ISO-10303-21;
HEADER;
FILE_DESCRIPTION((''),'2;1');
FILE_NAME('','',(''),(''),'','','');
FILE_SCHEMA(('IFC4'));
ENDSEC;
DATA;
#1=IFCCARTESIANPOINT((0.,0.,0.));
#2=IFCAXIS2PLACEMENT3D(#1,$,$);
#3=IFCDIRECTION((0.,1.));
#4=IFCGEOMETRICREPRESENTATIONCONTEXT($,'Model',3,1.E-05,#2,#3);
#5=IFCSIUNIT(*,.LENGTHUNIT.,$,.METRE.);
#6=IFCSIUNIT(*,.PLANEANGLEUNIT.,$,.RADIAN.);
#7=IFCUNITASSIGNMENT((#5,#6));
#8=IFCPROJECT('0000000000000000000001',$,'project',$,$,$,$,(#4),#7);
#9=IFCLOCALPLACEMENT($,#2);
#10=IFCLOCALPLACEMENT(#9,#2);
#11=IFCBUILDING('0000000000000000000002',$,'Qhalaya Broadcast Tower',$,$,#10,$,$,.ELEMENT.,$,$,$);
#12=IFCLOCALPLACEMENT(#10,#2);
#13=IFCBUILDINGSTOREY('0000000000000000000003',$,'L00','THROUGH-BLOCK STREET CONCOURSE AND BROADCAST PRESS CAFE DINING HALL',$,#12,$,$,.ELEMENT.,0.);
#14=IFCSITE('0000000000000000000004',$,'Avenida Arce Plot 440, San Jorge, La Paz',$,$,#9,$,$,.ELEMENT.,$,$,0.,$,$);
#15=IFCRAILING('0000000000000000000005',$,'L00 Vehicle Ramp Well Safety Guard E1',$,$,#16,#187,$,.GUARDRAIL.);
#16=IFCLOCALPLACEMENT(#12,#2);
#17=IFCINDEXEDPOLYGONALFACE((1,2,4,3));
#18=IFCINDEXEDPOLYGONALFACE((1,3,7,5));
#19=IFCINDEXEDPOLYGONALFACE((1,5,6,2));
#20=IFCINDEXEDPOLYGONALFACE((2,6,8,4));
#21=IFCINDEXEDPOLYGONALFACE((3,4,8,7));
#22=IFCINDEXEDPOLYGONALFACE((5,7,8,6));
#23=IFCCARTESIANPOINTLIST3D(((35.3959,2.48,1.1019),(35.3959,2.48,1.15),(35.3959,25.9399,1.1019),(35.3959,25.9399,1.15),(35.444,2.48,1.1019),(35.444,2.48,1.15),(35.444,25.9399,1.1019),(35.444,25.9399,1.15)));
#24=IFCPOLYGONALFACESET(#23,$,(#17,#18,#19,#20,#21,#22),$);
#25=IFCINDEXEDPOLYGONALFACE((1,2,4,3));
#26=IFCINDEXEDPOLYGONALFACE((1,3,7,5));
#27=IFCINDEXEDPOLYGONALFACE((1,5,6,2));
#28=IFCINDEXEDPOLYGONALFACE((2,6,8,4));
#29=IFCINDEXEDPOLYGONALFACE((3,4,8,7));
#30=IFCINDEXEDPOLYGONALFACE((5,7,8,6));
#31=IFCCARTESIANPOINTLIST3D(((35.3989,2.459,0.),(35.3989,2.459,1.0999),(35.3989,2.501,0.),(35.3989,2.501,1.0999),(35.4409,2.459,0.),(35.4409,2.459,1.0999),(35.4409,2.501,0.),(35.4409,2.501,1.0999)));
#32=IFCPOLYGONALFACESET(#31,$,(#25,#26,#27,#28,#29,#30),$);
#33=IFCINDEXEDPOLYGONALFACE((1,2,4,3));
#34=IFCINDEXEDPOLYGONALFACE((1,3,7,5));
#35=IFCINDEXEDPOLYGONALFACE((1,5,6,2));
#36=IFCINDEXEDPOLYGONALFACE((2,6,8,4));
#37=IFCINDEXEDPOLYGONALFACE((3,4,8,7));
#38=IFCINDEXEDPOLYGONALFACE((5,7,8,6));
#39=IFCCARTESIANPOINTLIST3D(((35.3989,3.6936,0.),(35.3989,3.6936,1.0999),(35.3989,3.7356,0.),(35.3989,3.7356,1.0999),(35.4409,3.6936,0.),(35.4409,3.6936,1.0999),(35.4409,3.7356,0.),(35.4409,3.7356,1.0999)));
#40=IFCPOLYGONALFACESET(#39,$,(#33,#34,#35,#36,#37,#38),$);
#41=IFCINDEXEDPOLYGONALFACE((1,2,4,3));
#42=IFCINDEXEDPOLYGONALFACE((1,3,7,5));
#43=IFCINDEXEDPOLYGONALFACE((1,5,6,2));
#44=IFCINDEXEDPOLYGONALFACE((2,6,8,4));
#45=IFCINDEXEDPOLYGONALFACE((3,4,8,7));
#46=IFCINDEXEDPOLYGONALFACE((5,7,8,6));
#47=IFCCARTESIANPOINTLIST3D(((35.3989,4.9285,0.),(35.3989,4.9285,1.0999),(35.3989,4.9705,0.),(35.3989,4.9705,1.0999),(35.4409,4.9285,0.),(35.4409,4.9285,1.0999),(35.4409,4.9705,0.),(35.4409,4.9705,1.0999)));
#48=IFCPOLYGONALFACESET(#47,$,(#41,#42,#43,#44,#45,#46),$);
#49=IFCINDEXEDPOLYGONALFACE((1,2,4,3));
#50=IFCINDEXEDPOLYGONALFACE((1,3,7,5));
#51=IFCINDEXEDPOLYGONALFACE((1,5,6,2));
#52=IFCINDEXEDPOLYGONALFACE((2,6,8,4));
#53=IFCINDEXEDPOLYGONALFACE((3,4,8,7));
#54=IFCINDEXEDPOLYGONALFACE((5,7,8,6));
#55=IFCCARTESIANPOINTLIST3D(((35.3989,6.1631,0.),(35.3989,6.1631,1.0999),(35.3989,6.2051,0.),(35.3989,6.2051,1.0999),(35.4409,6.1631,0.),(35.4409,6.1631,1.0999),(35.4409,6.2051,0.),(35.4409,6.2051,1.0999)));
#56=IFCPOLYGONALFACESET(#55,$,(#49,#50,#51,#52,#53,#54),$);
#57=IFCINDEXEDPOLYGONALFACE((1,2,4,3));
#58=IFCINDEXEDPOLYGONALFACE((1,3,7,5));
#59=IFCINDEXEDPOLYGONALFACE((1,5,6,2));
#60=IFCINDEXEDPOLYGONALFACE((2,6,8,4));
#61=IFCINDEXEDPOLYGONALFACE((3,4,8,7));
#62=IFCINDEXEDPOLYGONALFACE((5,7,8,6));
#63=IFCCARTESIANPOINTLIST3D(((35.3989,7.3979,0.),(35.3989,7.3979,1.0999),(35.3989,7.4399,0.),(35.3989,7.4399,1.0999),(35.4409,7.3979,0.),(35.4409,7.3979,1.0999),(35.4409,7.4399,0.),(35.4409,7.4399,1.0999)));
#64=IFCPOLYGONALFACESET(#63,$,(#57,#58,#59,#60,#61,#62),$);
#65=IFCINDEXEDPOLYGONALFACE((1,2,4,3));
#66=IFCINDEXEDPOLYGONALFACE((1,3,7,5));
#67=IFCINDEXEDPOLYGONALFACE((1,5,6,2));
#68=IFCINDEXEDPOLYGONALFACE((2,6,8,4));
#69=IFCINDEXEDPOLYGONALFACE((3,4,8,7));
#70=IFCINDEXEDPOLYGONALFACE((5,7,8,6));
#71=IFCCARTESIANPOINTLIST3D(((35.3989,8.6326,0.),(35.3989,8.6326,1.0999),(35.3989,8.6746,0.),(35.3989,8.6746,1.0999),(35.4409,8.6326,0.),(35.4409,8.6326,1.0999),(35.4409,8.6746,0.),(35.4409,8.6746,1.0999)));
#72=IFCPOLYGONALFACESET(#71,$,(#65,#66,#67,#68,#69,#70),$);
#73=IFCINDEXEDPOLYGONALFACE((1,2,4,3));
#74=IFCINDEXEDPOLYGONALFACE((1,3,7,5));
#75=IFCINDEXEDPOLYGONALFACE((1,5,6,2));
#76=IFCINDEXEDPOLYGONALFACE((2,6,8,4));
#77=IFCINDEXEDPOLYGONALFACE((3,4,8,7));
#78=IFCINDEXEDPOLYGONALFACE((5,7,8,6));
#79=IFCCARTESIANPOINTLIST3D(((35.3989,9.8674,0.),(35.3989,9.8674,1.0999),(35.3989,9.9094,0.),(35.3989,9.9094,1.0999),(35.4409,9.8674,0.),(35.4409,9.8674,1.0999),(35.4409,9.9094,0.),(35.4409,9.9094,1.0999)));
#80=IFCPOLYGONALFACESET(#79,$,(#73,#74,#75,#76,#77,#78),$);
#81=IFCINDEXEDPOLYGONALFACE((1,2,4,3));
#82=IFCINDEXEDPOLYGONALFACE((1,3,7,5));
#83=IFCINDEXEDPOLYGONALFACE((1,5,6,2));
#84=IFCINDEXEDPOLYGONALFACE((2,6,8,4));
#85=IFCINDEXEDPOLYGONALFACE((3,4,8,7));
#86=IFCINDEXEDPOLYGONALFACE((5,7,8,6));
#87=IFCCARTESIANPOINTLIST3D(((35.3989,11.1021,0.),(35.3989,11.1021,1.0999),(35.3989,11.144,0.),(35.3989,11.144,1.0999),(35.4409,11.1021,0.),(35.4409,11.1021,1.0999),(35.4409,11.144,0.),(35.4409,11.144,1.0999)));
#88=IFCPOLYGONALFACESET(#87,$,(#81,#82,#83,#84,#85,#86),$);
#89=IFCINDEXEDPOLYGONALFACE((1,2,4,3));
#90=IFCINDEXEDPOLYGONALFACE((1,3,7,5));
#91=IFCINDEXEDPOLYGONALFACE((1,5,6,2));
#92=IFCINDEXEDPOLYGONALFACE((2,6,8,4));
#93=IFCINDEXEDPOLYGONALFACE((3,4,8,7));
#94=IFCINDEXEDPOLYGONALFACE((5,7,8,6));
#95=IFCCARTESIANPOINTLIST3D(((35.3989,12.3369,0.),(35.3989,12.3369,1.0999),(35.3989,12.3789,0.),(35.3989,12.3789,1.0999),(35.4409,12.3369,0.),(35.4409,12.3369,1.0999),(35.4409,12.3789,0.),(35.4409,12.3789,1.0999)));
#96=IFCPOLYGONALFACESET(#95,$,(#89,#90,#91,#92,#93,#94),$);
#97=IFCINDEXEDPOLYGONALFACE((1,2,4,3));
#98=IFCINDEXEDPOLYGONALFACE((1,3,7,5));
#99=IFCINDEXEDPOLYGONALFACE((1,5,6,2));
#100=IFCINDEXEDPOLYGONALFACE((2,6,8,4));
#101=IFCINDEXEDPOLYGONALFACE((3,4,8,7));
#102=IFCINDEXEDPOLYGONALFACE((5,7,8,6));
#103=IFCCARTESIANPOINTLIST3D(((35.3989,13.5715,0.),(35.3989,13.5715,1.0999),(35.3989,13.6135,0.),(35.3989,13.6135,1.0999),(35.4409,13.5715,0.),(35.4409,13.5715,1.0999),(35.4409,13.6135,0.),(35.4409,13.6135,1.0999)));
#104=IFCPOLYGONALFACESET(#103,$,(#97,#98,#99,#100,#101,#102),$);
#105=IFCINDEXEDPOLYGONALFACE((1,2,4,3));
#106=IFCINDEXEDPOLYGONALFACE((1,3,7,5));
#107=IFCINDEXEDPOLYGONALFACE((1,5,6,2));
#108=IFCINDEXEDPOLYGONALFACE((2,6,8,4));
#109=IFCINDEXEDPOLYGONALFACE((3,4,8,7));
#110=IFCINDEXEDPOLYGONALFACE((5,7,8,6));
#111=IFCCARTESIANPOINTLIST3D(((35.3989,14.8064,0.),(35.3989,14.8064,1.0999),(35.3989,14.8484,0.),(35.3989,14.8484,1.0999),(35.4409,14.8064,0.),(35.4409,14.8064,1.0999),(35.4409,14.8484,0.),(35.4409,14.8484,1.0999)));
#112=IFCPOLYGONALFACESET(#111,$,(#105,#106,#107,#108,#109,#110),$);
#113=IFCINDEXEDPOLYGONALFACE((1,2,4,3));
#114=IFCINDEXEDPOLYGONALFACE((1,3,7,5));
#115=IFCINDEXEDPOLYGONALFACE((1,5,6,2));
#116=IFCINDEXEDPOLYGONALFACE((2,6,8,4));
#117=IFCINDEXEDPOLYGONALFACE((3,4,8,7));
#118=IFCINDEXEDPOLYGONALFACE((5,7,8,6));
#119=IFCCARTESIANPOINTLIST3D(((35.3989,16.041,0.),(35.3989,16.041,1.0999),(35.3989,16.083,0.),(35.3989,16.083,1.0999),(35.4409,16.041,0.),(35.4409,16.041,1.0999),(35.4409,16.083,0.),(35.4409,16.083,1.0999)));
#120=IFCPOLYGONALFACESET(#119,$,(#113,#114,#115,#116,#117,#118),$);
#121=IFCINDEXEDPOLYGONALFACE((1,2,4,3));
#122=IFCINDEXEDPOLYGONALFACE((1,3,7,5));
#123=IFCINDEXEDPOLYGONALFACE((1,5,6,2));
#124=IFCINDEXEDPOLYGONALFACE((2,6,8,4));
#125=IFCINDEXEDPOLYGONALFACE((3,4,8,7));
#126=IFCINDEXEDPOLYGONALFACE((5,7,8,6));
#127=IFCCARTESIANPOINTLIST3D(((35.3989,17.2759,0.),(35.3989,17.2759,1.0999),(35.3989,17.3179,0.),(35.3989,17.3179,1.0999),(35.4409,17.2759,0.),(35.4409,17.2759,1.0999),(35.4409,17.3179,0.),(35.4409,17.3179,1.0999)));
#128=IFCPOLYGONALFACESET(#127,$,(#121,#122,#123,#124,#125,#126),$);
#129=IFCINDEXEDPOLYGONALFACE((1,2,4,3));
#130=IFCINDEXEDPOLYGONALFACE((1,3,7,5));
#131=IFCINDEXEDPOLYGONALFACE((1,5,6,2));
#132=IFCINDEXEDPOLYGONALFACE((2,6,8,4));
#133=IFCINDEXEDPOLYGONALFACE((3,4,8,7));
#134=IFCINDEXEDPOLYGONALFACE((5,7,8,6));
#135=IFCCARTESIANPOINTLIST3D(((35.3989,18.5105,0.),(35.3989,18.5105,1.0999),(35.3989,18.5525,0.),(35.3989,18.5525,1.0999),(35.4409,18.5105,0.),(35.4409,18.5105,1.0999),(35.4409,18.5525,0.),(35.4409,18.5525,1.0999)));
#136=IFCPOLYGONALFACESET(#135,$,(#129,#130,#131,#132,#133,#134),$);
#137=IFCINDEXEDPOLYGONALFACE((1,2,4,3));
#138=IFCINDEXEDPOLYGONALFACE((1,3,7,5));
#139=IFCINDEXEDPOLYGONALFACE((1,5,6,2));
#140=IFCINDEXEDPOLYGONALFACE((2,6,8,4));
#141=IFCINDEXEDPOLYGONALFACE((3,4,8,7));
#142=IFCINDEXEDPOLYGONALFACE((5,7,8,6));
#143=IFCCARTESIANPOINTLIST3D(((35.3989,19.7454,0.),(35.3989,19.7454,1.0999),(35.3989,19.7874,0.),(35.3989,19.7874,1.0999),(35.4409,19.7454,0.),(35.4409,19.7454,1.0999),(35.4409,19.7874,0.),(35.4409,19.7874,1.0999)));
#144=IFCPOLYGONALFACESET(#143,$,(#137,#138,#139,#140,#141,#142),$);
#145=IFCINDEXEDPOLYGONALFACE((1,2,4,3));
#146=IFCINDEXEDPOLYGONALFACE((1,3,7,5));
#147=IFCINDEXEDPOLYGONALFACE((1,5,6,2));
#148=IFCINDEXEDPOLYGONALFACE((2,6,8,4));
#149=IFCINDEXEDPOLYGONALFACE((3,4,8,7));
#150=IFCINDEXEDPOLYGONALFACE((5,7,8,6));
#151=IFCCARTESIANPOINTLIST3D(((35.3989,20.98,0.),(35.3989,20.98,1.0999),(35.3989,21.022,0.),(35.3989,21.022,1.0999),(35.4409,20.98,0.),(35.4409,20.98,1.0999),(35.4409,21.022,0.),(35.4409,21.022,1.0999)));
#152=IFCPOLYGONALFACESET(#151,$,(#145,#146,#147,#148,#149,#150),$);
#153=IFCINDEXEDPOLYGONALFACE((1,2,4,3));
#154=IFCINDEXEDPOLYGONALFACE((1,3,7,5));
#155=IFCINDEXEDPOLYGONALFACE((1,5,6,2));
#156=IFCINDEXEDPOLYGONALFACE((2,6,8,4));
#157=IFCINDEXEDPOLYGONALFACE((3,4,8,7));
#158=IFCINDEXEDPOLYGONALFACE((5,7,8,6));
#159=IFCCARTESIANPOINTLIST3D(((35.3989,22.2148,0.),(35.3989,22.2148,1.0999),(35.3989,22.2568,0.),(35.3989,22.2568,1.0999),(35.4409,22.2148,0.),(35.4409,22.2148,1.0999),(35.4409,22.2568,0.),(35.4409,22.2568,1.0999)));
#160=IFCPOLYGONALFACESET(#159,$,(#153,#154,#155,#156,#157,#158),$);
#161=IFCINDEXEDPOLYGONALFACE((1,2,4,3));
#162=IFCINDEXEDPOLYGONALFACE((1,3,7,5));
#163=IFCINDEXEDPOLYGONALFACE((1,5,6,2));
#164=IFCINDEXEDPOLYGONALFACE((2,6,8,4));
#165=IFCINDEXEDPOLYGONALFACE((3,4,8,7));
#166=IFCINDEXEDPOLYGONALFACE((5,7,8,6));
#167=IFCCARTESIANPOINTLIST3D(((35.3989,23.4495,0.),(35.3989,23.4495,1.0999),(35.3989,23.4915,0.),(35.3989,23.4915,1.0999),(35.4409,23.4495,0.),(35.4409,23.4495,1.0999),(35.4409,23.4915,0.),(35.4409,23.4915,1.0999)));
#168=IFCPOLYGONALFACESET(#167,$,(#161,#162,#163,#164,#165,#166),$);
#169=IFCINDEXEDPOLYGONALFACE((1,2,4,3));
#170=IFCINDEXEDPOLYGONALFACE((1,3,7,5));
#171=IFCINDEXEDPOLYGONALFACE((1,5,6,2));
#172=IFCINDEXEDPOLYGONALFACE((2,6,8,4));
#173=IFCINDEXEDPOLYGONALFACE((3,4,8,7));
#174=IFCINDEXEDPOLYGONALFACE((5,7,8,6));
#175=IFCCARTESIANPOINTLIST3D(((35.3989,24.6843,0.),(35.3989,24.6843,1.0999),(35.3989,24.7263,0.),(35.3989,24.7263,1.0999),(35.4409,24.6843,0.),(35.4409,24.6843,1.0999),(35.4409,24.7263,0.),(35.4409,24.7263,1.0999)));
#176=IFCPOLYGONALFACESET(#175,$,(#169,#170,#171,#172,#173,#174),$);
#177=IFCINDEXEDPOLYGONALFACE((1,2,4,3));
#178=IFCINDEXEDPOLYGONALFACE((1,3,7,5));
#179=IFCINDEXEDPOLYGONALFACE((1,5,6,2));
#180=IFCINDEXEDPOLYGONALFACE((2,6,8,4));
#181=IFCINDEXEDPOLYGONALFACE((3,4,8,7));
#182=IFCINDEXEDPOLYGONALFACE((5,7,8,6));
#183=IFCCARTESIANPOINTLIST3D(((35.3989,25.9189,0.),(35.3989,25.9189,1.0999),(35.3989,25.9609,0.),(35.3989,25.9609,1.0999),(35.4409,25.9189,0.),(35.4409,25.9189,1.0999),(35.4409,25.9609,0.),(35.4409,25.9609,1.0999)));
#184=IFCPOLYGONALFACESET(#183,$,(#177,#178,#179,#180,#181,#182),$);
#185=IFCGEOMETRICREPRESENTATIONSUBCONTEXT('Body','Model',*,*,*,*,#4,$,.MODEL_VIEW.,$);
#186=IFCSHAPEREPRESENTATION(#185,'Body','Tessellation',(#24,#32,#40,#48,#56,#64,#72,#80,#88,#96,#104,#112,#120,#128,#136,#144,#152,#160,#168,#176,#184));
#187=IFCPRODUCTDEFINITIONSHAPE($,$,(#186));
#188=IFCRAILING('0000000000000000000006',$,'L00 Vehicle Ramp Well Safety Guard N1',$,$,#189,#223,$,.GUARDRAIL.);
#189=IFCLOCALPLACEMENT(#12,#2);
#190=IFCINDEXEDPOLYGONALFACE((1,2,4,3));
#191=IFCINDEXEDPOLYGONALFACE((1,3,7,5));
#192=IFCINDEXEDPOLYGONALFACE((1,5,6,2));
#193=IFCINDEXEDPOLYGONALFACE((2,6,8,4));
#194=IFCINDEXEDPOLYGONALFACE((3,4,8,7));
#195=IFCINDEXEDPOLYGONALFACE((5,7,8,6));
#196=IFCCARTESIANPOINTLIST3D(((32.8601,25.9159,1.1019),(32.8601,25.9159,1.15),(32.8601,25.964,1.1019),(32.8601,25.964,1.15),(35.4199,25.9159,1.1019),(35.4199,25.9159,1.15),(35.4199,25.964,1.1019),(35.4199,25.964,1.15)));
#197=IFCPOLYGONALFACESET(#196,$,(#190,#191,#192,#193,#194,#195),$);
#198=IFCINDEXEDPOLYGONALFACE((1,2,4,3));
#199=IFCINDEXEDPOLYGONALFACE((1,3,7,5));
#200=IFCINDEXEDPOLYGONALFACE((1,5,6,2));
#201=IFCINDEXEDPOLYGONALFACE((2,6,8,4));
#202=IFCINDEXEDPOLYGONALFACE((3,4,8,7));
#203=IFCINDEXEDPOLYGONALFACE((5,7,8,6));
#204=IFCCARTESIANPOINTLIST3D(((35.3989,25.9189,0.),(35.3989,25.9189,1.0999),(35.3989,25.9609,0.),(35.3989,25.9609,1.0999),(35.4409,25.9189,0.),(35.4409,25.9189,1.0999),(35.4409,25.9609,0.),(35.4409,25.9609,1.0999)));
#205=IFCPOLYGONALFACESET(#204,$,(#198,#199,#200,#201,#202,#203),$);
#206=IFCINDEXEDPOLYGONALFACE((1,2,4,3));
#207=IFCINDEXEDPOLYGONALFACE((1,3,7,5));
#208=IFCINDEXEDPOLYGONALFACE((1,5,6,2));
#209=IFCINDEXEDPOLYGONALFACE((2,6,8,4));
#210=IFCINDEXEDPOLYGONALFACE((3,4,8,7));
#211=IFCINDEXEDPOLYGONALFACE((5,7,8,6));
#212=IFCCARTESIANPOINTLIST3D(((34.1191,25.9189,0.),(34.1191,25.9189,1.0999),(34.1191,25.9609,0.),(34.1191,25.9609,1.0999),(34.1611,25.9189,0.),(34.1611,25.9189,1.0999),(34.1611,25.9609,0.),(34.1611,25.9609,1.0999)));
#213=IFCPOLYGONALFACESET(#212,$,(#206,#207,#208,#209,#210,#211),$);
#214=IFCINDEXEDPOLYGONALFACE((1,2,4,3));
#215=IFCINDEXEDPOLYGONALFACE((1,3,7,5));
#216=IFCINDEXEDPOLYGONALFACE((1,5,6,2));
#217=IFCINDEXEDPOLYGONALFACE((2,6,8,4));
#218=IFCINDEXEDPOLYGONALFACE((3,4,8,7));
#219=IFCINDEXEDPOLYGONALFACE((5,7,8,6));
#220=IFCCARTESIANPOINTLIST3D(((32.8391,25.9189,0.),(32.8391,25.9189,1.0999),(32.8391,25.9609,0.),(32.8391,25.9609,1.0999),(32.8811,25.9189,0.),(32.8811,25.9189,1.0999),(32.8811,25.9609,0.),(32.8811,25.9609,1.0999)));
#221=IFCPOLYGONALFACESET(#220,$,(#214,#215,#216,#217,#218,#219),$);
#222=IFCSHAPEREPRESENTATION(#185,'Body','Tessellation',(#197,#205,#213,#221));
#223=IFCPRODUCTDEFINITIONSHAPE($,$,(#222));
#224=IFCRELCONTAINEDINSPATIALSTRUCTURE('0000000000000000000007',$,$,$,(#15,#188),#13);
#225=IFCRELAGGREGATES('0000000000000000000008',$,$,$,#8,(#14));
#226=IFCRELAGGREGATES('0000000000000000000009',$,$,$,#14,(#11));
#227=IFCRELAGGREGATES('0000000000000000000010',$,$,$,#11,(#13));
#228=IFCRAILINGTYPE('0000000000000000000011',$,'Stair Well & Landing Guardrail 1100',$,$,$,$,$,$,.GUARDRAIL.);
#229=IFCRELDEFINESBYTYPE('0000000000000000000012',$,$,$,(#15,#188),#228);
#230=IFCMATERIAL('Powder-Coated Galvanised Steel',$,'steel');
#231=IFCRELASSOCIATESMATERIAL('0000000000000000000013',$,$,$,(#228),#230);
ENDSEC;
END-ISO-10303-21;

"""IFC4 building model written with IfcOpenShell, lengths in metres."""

from ifc_helpers import new_model, si_unit, direction, frame, origin, origin_2d, place, context, subcontext, project, spatial, rectangle, extrude, material, type_object, element, save


model = new_model("IFC4")

# Units and contexts
model_context = context("Model", 3, precision=1e-05, world=origin(), true_north=direction((0.0, 1.0)))
body_context = subcontext(model_context, "Body", "Model", "MODEL_VIEW")
ifc_project = project(units=[si_unit("LENGTHUNIT", "METRE"), si_unit("PLANEANGLEUNIT", "RADIAN")], contexts=[model_context])

# Site, building, storey
site_placement = place(None, origin())
site = spatial("IfcSite", under=ifc_project, at=site_placement, Name="Avenida Arce Plot 440, San Jorge, La Paz", CompositionType="ELEMENT", RefElevation=0.0)
building_placement = place(site_placement, origin())
building = spatial("IfcBuilding", under=site, at=building_placement, Name="Qhalaya Broadcast Tower", CompositionType="ELEMENT")
storey_placement = place(building_placement, origin())
storey = spatial("IfcBuildingStorey", under=building, at=storey_placement, Name="L00", Description="THROUGH-BLOCK STREET CONCOURSE AND BROADCAST PRESS CAFE DINING HALL", CompositionType="ELEMENT", Elevation=0.0)

# Railings
ifc_material_1 = material(Name="Powder-Coated Galvanised Steel", Category="steel")
railing_type = type_object("IfcRailingType", Name="Stair Well & Landing Guardrail 1100", PredefinedType="GUARDRAIL", material=ifc_material_1)
railing_1_placement = place(storey_placement, frame((35.4199, 2.48, 0.0)))
element("IfcRailing", 1, at=railing_1_placement, inside=storey, type_object=railing_type, Name="L00 Vehicle Ramp Well Safety Guard E1", PredefinedType="GUARDRAIL", context=body_context, shape_type="SweptSolid", body=[
    extrude(rectangle(XDim=0.0481, YDim=0.0481, at=origin_2d()), frame((0.0, 0.0, 1.126), z_axis=(0.0, 1.0, 0.0), x_axis=(-1.0, 0.0, 0.0)), (0.0, 0.0, 1.0), 23.46),
    extrude(rectangle(XDim=0.042, YDim=0.042, at=origin_2d()), origin(), (0.0, 0.0, 1.0), 1.0999),
    extrude(rectangle(XDim=0.042, YDim=0.042, at=origin_2d()), frame((0.0, 1.2346, 0.0)), (0.0, 0.0, 1.0), 1.0999),
    extrude(rectangle(XDim=0.042, YDim=0.042, at=origin_2d()), frame((0.0, 2.4695, 0.0)), (0.0, 0.0, 1.0), 1.0999),
    extrude(rectangle(XDim=0.042, YDim=0.042, at=origin_2d()), frame((0.0, 3.7041, 0.0)), (0.0, 0.0, 1.0), 1.0999),
    extrude(rectangle(XDim=0.042, YDim=0.042, at=origin_2d()), frame((0.0, 4.939, 0.0)), (0.0, 0.0, 1.0), 1.0999),
    extrude(rectangle(XDim=0.042, YDim=0.042, at=origin_2d()), frame((0.0, 6.1736, 0.0)), (0.0, 0.0, 1.0), 1.0999),
    extrude(rectangle(XDim=0.042, YDim=0.042, at=origin_2d()), frame((0.0, 7.4084, 0.0)), (0.0, 0.0, 1.0), 1.0999),
    extrude(rectangle(XDim=0.042, YDim=0.042, at=origin_2d()), frame((0.0, 8.6431, 0.0)), (0.0, 0.0, 1.0), 1.0999),
    extrude(rectangle(XDim=0.042, YDim=0.042, at=origin_2d()), frame((0.0, 9.8779, 0.0)), (0.0, 0.0, 1.0), 1.0999),
    extrude(rectangle(XDim=0.042, YDim=0.042, at=origin_2d()), frame((0.0, 11.1125, 0.0)), (0.0, 0.0, 1.0), 1.0999),
    extrude(rectangle(XDim=0.042, YDim=0.042, at=origin_2d()), frame((0.0, 12.3474, 0.0)), (0.0, 0.0, 1.0), 1.0999),
    extrude(rectangle(XDim=0.042, YDim=0.042, at=origin_2d()), frame((0.0, 13.582, 0.0)), (0.0, 0.0, 1.0), 1.0999),
    extrude(rectangle(XDim=0.042, YDim=0.042, at=origin_2d()), frame((0.0, 14.8169, 0.0)), (0.0, 0.0, 1.0), 1.0999),
    extrude(rectangle(XDim=0.042, YDim=0.042, at=origin_2d()), frame((0.0, 16.0515, 0.0)), (0.0, 0.0, 1.0), 1.0999),
    extrude(rectangle(XDim=0.042, YDim=0.042, at=origin_2d()), frame((0.0, 17.2864, 0.0)), (0.0, 0.0, 1.0), 1.0999),
    extrude(rectangle(XDim=0.042, YDim=0.042, at=origin_2d()), frame((0.0, 18.521, 0.0)), (0.0, 0.0, 1.0), 1.0999),
    extrude(rectangle(XDim=0.042, YDim=0.042, at=origin_2d()), frame((0.0, 19.7559, 0.0)), (0.0, 0.0, 1.0), 1.0999),
    extrude(rectangle(XDim=0.042, YDim=0.042, at=origin_2d()), frame((0.0, 20.9905, 0.0)), (0.0, 0.0, 1.0), 1.0999),
    extrude(rectangle(XDim=0.042, YDim=0.042, at=origin_2d()), frame((0.0, 22.2253, 0.0)), (0.0, 0.0, 1.0), 1.0999),
    extrude(rectangle(XDim=0.042, YDim=0.042, at=origin_2d()), frame((0.0, 23.46, 0.0)), (0.0, 0.0, 1.0), 1.0999),
])
railing_2_placement = place(storey_placement, frame((35.4199, 25.9399, 0.0)))
element("IfcRailing", 2, at=railing_2_placement, inside=storey, type_object=railing_type, Name="L00 Vehicle Ramp Well Safety Guard N1", PredefinedType="GUARDRAIL", context=body_context, shape_type="SweptSolid", body=[
    extrude(rectangle(XDim=0.0481, YDim=0.0481, at=origin_2d()), frame((0.0, 0.0, 1.126), z_axis=(-1.0, 0.0, 0.0), x_axis=(0.0, -1.0, 0.0)), (0.0, 0.0, 1.0), 2.5598),
    extrude(rectangle(XDim=0.042, YDim=0.042, at=origin_2d()), origin(), (0.0, 0.0, 1.0), 1.0999),
    extrude(rectangle(XDim=0.042, YDim=0.042, at=origin_2d()), frame((-1.2798, 0.0, 0.0)), (0.0, 0.0, 1.0), 1.0999),
    extrude(rectangle(XDim=0.042, YDim=0.042, at=origin_2d()), frame((-2.5598, 0.0, 0.0)), (0.0, 0.0, 1.0), 1.0999),
])

save(model, "model.ifc")
